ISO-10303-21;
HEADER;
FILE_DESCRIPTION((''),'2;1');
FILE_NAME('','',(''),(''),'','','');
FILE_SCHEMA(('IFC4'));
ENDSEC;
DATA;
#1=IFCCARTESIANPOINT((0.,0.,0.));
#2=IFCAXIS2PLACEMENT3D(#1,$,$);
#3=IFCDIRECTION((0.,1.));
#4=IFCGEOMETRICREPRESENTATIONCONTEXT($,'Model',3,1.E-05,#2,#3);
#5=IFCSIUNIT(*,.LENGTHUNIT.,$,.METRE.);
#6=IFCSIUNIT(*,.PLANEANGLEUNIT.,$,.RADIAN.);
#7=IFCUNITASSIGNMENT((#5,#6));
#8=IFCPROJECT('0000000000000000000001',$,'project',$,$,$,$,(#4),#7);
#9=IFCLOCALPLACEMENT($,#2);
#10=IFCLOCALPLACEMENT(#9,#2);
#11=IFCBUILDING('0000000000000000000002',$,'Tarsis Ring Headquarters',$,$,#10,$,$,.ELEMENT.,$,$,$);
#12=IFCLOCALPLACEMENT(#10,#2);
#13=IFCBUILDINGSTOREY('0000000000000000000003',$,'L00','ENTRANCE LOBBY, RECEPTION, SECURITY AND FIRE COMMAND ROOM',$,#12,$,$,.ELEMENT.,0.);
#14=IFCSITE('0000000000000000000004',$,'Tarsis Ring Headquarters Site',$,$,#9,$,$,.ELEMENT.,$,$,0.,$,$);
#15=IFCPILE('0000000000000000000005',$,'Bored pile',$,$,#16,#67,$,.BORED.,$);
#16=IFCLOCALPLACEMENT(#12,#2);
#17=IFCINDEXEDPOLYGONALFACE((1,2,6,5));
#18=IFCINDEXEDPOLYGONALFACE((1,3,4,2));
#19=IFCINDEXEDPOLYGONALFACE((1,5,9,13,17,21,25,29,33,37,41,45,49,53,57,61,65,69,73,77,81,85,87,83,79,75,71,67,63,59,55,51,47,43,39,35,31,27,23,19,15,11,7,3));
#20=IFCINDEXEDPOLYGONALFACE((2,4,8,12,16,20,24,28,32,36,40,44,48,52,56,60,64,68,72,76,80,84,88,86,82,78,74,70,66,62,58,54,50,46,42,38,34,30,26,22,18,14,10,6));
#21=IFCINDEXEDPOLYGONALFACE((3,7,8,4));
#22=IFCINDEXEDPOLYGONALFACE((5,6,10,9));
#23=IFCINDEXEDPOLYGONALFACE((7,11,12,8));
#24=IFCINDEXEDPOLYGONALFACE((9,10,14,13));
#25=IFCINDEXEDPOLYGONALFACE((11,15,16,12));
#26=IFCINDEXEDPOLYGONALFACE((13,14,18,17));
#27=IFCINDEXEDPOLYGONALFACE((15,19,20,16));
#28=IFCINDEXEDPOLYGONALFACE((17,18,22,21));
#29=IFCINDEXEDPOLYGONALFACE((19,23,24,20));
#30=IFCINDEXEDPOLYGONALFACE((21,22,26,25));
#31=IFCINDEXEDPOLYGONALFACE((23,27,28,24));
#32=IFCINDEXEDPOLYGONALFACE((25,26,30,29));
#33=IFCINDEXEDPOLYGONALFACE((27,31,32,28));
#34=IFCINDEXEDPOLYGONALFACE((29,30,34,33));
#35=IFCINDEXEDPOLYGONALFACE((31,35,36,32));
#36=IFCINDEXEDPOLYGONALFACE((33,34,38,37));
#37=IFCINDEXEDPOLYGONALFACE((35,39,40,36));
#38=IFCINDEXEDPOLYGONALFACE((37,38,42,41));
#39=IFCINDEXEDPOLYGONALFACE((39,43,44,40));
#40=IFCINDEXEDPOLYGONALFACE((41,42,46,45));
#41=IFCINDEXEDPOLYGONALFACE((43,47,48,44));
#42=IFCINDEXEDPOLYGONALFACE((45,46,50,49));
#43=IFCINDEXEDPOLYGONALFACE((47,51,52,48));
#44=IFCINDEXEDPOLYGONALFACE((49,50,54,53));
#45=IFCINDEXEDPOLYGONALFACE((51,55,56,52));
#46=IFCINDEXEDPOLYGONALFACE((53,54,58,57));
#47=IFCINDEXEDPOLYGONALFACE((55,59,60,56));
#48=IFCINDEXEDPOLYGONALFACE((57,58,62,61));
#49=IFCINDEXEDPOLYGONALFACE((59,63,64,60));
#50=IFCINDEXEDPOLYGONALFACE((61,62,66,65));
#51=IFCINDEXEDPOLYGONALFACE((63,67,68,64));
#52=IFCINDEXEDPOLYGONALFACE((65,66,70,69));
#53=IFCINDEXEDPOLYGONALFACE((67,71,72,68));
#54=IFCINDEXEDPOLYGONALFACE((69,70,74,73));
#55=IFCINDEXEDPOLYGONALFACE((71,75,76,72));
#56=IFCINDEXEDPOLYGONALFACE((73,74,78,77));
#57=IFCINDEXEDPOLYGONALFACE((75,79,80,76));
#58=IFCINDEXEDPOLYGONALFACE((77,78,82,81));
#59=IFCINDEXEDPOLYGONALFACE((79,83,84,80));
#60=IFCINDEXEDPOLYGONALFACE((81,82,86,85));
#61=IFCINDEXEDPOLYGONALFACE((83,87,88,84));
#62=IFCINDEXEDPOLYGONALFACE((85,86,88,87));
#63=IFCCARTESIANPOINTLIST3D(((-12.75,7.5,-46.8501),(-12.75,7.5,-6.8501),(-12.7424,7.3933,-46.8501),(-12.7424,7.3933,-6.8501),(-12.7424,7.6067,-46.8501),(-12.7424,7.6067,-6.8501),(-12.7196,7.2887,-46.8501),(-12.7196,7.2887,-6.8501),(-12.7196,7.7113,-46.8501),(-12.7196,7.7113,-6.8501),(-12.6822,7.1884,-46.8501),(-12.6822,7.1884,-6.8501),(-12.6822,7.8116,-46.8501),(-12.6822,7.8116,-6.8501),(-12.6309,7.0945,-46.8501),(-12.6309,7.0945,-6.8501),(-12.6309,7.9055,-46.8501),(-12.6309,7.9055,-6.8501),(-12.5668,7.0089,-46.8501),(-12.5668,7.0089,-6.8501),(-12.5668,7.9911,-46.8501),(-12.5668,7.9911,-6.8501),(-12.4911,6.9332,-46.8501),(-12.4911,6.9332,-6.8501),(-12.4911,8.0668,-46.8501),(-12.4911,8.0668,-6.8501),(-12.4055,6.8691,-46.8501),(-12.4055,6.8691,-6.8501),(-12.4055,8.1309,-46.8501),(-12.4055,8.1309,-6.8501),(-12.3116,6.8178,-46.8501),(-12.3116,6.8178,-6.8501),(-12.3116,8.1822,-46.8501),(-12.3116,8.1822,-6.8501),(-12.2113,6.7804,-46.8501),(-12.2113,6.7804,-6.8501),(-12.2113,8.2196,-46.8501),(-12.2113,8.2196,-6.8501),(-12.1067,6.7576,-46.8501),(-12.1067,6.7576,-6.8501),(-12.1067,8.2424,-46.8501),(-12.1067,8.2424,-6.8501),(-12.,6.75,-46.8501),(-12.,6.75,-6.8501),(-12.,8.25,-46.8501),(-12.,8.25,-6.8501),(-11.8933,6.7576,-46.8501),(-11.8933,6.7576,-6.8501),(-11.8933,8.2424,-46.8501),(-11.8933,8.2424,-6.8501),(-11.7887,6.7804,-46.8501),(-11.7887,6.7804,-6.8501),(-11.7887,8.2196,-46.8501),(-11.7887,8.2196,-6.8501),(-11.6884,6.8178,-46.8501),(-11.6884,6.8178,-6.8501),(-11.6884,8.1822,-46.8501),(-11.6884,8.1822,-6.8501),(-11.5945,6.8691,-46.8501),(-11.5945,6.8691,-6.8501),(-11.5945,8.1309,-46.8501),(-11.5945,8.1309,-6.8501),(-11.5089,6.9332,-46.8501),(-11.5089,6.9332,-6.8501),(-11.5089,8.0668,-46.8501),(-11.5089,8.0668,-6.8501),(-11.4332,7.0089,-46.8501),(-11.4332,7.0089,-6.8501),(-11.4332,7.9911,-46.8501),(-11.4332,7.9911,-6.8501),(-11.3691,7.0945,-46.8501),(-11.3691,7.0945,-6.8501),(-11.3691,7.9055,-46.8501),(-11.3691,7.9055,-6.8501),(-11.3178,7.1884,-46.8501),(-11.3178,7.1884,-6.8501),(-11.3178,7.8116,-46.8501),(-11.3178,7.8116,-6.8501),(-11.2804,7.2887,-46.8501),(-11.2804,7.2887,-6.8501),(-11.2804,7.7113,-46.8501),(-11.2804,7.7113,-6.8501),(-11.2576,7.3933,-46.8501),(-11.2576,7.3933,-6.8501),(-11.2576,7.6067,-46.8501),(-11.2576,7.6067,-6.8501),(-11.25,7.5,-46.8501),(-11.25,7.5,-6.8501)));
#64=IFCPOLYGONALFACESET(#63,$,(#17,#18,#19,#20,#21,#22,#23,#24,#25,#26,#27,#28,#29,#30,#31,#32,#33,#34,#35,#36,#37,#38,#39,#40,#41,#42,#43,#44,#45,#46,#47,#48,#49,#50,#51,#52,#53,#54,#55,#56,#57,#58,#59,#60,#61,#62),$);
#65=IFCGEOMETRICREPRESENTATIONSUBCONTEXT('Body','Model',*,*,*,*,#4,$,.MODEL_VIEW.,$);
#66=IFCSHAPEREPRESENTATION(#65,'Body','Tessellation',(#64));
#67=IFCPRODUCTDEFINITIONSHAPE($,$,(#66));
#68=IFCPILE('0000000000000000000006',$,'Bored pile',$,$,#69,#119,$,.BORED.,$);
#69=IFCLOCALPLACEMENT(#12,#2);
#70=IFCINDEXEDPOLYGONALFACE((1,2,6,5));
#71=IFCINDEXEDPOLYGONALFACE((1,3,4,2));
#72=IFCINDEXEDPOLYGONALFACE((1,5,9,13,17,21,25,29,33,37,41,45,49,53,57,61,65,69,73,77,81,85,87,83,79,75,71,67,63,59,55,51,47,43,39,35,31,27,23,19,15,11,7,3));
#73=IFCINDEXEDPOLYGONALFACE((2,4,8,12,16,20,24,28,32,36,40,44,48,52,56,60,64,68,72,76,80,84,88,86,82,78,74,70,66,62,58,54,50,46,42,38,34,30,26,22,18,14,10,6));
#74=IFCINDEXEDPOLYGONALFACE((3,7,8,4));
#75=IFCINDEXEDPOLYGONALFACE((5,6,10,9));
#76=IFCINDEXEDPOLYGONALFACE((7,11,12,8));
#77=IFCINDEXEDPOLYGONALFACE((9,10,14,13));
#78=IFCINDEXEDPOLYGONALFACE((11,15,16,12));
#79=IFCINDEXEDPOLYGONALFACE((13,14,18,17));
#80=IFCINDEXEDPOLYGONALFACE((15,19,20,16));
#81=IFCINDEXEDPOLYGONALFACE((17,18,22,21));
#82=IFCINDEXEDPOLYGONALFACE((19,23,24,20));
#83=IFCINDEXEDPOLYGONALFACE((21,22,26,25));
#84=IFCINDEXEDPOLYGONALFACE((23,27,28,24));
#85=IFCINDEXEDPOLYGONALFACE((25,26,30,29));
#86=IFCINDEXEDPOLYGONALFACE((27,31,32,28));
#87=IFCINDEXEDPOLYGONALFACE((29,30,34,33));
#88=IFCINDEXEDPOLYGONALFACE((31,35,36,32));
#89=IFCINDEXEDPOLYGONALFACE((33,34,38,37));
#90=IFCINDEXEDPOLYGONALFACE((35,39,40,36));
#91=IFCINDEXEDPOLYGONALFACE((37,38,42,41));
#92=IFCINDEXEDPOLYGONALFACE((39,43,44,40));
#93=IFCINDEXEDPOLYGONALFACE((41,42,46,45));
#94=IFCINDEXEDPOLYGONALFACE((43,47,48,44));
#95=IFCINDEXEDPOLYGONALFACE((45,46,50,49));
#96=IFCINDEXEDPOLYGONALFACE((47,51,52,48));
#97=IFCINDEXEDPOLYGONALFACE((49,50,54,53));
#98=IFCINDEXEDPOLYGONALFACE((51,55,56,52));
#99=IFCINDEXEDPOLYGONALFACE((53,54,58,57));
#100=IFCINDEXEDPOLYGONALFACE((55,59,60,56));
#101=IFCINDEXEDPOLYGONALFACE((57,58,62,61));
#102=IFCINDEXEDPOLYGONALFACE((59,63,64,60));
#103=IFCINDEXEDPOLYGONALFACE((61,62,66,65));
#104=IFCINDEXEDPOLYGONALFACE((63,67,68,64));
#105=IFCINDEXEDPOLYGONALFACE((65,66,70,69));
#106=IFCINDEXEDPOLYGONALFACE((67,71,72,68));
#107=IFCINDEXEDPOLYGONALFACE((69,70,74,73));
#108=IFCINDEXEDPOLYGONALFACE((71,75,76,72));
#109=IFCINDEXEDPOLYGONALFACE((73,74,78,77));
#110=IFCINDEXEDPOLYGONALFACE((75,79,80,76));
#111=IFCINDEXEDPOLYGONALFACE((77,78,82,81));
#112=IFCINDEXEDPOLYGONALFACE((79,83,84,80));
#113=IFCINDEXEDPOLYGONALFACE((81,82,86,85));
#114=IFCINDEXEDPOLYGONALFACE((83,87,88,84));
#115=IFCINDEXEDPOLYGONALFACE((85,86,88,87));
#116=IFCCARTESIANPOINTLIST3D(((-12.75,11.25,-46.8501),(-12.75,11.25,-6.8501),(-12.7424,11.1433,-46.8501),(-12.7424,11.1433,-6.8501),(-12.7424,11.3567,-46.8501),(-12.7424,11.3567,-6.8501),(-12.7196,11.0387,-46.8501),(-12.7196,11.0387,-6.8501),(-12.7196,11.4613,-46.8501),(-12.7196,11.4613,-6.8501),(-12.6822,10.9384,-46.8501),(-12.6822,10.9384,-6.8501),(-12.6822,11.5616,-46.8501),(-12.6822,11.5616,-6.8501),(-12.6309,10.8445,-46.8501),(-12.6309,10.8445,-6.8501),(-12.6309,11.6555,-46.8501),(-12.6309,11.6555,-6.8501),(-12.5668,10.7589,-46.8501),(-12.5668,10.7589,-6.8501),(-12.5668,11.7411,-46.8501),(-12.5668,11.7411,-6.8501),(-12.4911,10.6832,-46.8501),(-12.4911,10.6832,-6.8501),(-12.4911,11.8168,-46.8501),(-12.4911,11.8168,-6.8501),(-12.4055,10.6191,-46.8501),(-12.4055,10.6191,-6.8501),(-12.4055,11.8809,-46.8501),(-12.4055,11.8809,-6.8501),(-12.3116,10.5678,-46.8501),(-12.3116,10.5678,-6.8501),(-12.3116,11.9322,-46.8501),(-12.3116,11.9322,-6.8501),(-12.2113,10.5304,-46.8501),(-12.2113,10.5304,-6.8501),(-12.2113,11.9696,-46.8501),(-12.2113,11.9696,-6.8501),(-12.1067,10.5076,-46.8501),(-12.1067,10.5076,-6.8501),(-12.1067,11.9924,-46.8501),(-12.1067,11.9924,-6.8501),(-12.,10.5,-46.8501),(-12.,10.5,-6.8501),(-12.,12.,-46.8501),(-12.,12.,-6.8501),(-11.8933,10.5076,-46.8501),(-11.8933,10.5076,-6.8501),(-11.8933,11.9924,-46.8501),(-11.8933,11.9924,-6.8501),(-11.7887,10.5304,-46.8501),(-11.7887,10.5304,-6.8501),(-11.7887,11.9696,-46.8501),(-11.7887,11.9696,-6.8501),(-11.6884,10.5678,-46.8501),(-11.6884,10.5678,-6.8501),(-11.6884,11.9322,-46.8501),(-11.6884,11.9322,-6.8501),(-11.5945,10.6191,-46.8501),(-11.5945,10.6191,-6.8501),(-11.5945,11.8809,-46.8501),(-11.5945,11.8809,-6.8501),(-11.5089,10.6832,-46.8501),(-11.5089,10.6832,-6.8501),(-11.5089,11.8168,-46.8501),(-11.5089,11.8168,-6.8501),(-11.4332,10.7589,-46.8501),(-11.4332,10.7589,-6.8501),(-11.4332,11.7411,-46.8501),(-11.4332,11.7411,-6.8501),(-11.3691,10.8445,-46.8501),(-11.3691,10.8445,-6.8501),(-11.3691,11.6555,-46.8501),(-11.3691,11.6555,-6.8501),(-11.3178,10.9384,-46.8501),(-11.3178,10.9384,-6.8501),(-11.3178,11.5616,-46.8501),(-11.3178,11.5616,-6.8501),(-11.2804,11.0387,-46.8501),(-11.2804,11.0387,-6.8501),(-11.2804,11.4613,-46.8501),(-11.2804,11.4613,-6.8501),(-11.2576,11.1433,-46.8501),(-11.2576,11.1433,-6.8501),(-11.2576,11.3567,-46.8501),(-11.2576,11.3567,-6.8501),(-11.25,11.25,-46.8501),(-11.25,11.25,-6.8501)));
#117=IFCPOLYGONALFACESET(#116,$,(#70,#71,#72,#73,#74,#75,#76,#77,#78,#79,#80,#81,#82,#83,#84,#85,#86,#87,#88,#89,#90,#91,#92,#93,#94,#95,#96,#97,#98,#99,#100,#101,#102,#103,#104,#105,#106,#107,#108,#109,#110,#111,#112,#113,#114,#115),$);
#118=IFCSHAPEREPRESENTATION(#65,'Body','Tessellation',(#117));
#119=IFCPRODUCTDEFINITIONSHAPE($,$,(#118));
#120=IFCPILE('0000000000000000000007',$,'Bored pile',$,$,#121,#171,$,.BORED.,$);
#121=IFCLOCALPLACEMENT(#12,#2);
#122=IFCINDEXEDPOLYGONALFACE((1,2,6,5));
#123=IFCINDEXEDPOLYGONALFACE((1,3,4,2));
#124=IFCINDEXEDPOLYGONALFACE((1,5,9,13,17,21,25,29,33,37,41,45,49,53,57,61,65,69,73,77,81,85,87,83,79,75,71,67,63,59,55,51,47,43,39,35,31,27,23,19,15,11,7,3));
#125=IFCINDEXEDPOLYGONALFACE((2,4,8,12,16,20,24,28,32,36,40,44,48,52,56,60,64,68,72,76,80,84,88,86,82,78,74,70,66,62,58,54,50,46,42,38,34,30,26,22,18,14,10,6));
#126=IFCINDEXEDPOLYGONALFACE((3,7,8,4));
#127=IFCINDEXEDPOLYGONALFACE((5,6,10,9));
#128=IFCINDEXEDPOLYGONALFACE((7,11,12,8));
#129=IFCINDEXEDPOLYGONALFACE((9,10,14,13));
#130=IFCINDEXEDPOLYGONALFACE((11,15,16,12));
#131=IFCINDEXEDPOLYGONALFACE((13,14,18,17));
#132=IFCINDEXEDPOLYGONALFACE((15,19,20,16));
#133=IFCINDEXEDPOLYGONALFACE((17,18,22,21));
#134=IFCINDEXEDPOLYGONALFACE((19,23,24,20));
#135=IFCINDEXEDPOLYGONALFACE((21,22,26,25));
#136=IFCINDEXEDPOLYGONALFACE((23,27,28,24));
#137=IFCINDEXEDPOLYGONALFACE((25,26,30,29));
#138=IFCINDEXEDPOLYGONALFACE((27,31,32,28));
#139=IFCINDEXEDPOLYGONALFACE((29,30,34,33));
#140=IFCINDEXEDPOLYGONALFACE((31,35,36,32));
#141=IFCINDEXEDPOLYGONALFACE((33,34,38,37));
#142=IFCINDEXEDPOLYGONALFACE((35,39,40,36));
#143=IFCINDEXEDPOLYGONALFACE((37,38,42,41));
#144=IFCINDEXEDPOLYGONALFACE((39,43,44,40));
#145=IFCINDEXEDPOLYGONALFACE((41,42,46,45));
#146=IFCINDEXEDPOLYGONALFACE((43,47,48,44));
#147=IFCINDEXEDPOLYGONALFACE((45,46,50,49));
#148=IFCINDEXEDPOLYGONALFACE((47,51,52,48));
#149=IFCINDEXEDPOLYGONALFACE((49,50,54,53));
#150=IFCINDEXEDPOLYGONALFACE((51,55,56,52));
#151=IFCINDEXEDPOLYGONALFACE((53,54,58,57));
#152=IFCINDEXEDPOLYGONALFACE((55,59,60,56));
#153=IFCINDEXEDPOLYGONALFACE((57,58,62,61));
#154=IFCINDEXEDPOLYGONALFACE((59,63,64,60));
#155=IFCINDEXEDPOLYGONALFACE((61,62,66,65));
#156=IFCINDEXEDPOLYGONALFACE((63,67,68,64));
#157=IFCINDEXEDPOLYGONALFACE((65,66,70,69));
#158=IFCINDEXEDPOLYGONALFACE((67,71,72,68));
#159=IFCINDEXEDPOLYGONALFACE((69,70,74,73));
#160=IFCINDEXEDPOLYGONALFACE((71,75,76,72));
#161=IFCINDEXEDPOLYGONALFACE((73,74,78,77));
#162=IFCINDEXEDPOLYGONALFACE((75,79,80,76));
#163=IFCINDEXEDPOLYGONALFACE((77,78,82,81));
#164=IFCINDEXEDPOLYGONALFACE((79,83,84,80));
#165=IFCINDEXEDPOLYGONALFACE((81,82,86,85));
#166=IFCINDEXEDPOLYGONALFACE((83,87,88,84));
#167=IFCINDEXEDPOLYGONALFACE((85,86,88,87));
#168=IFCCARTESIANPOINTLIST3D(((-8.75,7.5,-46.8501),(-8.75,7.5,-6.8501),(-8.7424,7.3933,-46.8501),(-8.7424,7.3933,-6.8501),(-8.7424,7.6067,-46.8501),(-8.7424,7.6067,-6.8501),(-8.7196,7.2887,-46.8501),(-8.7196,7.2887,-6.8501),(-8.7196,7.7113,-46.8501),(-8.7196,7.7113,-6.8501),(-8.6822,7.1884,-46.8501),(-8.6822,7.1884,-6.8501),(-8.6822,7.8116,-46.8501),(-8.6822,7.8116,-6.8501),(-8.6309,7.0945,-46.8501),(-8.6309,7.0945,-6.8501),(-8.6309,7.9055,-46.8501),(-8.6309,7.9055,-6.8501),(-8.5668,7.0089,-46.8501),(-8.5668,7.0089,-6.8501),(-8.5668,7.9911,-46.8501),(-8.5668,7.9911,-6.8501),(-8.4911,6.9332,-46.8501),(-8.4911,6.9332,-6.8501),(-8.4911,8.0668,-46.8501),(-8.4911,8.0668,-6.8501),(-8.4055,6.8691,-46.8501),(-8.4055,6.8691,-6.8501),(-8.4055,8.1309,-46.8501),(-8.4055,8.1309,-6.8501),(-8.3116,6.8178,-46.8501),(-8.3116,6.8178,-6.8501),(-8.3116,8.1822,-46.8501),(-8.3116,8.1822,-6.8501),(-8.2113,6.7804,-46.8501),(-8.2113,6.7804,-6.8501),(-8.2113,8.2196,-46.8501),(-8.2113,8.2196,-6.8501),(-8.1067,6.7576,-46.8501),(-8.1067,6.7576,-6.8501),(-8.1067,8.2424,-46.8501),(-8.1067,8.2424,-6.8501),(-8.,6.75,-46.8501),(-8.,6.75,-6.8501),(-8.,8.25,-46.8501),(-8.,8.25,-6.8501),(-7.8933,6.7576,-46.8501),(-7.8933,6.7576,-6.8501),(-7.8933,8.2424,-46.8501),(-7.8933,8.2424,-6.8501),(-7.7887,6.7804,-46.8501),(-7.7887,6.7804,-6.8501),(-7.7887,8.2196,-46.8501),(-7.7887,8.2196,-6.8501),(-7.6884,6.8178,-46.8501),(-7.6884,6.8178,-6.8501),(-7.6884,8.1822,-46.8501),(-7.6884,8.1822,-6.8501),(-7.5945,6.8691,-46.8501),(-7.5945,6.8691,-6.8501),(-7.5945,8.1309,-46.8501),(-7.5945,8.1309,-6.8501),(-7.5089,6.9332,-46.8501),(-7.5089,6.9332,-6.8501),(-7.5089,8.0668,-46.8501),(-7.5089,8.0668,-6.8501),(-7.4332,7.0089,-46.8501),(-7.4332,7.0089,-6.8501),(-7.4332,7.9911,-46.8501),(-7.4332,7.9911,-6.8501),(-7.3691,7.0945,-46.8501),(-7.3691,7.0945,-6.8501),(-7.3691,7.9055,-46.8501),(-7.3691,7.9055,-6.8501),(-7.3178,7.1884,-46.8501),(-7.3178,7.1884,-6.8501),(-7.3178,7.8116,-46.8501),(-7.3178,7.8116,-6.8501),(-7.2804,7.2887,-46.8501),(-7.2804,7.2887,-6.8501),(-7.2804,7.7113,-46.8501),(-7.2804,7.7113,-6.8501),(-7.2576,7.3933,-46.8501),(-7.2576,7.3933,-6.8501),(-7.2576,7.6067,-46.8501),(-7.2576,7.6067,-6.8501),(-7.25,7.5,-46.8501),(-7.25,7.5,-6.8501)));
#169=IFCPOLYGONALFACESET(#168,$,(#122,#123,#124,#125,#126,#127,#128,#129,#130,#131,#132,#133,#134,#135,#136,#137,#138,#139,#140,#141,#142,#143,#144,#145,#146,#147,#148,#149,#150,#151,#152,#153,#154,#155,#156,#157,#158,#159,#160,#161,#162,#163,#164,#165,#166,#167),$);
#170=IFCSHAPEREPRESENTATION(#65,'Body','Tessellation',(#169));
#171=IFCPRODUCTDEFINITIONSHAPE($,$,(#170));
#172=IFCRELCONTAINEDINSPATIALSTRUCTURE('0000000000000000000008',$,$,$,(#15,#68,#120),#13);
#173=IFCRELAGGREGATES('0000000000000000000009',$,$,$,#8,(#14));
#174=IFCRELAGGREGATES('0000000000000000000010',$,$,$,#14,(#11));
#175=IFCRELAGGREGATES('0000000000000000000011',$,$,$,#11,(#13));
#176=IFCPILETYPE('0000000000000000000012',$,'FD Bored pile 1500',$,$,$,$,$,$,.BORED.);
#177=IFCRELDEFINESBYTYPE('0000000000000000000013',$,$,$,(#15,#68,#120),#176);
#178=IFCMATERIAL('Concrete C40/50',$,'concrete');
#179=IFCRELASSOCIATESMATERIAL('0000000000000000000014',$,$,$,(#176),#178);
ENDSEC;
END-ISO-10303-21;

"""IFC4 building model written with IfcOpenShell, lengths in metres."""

from ifc_helpers import new_model, si_unit, direction, frame, origin, origin_2d, place, context, subcontext, project, spatial, circle, extrude, material, material_profile, profile_set, type_object, element, save


model = new_model("IFC4")

# Units and contexts
model_context = context("Model", 3, precision=1e-05, world=origin(), true_north=direction((0.0, 1.0)))
body_context = subcontext(model_context, "Body", "Model", "MODEL_VIEW")
ifc_project = project(units=[si_unit("LENGTHUNIT", "METRE"), si_unit("PLANEANGLEUNIT", "RADIAN")], contexts=[model_context])

# Site, building, storey
site_placement = place(None, origin())
site = spatial("IfcSite", under=ifc_project, at=site_placement, Name="Tarsis Ring Headquarters Site", CompositionType="ELEMENT", RefElevation=0.0)
building_placement = place(site_placement, origin())
building = spatial("IfcBuilding", under=site, at=building_placement, Name="Tarsis Ring Headquarters", CompositionType="ELEMENT")
storey_placement = place(building_placement, origin())
storey = spatial("IfcBuildingStorey", under=building, at=storey_placement, Name="L00", Description="ENTRANCE LOBBY, RECEPTION, SECURITY AND FIRE COMMAND ROOM", CompositionType="ELEMENT", Elevation=0.0)

# Piles
ifc_material_1 = material(Name="Concrete C40/50", Category="concrete")
ifc_material_profile = material_profile(ifc_material_1, circle(Radius=0.75, at=origin_2d()), Name="BORED 1500")
ifc_profile_set = profile_set([ifc_material_profile], Name="Concrete C40/50")
pile_type = type_object("IfcPileType", Name="FD Bored pile 1500", PredefinedType="BORED", material=ifc_profile_set)
for number, where, z_axis, x_axis, name in (
    (1, (-12.0, 7.5, -6.8501), (0.0, 0.0, -1.0), (1.0, 0.0, 0.0), "Bored pile"),
    (2, (-12.0, 11.25, -6.8501), (0.0, 0.0, -1.0), (1.0, 0.0, 0.0), "Bored pile"),
    (3, (-8.0, 7.5, -6.8501), (0.0, 0.0, -1.0), (1.0, 0.0, 0.0), "Bored pile"),
):
    element("IfcPile", number, at=place(storey_placement, frame(where, z_axis=z_axis, x_axis=x_axis)), inside=storey, type_object=pile_type, Name=name, PredefinedType="BORED", context=body_context, shape_type="SweptSolid", body=[
        extrude(circle(Radius=0.75, at=origin_2d()), origin(), (0.0, 0.0, 1.0), 40.0),
    ])

save(model, "model.ifc")
